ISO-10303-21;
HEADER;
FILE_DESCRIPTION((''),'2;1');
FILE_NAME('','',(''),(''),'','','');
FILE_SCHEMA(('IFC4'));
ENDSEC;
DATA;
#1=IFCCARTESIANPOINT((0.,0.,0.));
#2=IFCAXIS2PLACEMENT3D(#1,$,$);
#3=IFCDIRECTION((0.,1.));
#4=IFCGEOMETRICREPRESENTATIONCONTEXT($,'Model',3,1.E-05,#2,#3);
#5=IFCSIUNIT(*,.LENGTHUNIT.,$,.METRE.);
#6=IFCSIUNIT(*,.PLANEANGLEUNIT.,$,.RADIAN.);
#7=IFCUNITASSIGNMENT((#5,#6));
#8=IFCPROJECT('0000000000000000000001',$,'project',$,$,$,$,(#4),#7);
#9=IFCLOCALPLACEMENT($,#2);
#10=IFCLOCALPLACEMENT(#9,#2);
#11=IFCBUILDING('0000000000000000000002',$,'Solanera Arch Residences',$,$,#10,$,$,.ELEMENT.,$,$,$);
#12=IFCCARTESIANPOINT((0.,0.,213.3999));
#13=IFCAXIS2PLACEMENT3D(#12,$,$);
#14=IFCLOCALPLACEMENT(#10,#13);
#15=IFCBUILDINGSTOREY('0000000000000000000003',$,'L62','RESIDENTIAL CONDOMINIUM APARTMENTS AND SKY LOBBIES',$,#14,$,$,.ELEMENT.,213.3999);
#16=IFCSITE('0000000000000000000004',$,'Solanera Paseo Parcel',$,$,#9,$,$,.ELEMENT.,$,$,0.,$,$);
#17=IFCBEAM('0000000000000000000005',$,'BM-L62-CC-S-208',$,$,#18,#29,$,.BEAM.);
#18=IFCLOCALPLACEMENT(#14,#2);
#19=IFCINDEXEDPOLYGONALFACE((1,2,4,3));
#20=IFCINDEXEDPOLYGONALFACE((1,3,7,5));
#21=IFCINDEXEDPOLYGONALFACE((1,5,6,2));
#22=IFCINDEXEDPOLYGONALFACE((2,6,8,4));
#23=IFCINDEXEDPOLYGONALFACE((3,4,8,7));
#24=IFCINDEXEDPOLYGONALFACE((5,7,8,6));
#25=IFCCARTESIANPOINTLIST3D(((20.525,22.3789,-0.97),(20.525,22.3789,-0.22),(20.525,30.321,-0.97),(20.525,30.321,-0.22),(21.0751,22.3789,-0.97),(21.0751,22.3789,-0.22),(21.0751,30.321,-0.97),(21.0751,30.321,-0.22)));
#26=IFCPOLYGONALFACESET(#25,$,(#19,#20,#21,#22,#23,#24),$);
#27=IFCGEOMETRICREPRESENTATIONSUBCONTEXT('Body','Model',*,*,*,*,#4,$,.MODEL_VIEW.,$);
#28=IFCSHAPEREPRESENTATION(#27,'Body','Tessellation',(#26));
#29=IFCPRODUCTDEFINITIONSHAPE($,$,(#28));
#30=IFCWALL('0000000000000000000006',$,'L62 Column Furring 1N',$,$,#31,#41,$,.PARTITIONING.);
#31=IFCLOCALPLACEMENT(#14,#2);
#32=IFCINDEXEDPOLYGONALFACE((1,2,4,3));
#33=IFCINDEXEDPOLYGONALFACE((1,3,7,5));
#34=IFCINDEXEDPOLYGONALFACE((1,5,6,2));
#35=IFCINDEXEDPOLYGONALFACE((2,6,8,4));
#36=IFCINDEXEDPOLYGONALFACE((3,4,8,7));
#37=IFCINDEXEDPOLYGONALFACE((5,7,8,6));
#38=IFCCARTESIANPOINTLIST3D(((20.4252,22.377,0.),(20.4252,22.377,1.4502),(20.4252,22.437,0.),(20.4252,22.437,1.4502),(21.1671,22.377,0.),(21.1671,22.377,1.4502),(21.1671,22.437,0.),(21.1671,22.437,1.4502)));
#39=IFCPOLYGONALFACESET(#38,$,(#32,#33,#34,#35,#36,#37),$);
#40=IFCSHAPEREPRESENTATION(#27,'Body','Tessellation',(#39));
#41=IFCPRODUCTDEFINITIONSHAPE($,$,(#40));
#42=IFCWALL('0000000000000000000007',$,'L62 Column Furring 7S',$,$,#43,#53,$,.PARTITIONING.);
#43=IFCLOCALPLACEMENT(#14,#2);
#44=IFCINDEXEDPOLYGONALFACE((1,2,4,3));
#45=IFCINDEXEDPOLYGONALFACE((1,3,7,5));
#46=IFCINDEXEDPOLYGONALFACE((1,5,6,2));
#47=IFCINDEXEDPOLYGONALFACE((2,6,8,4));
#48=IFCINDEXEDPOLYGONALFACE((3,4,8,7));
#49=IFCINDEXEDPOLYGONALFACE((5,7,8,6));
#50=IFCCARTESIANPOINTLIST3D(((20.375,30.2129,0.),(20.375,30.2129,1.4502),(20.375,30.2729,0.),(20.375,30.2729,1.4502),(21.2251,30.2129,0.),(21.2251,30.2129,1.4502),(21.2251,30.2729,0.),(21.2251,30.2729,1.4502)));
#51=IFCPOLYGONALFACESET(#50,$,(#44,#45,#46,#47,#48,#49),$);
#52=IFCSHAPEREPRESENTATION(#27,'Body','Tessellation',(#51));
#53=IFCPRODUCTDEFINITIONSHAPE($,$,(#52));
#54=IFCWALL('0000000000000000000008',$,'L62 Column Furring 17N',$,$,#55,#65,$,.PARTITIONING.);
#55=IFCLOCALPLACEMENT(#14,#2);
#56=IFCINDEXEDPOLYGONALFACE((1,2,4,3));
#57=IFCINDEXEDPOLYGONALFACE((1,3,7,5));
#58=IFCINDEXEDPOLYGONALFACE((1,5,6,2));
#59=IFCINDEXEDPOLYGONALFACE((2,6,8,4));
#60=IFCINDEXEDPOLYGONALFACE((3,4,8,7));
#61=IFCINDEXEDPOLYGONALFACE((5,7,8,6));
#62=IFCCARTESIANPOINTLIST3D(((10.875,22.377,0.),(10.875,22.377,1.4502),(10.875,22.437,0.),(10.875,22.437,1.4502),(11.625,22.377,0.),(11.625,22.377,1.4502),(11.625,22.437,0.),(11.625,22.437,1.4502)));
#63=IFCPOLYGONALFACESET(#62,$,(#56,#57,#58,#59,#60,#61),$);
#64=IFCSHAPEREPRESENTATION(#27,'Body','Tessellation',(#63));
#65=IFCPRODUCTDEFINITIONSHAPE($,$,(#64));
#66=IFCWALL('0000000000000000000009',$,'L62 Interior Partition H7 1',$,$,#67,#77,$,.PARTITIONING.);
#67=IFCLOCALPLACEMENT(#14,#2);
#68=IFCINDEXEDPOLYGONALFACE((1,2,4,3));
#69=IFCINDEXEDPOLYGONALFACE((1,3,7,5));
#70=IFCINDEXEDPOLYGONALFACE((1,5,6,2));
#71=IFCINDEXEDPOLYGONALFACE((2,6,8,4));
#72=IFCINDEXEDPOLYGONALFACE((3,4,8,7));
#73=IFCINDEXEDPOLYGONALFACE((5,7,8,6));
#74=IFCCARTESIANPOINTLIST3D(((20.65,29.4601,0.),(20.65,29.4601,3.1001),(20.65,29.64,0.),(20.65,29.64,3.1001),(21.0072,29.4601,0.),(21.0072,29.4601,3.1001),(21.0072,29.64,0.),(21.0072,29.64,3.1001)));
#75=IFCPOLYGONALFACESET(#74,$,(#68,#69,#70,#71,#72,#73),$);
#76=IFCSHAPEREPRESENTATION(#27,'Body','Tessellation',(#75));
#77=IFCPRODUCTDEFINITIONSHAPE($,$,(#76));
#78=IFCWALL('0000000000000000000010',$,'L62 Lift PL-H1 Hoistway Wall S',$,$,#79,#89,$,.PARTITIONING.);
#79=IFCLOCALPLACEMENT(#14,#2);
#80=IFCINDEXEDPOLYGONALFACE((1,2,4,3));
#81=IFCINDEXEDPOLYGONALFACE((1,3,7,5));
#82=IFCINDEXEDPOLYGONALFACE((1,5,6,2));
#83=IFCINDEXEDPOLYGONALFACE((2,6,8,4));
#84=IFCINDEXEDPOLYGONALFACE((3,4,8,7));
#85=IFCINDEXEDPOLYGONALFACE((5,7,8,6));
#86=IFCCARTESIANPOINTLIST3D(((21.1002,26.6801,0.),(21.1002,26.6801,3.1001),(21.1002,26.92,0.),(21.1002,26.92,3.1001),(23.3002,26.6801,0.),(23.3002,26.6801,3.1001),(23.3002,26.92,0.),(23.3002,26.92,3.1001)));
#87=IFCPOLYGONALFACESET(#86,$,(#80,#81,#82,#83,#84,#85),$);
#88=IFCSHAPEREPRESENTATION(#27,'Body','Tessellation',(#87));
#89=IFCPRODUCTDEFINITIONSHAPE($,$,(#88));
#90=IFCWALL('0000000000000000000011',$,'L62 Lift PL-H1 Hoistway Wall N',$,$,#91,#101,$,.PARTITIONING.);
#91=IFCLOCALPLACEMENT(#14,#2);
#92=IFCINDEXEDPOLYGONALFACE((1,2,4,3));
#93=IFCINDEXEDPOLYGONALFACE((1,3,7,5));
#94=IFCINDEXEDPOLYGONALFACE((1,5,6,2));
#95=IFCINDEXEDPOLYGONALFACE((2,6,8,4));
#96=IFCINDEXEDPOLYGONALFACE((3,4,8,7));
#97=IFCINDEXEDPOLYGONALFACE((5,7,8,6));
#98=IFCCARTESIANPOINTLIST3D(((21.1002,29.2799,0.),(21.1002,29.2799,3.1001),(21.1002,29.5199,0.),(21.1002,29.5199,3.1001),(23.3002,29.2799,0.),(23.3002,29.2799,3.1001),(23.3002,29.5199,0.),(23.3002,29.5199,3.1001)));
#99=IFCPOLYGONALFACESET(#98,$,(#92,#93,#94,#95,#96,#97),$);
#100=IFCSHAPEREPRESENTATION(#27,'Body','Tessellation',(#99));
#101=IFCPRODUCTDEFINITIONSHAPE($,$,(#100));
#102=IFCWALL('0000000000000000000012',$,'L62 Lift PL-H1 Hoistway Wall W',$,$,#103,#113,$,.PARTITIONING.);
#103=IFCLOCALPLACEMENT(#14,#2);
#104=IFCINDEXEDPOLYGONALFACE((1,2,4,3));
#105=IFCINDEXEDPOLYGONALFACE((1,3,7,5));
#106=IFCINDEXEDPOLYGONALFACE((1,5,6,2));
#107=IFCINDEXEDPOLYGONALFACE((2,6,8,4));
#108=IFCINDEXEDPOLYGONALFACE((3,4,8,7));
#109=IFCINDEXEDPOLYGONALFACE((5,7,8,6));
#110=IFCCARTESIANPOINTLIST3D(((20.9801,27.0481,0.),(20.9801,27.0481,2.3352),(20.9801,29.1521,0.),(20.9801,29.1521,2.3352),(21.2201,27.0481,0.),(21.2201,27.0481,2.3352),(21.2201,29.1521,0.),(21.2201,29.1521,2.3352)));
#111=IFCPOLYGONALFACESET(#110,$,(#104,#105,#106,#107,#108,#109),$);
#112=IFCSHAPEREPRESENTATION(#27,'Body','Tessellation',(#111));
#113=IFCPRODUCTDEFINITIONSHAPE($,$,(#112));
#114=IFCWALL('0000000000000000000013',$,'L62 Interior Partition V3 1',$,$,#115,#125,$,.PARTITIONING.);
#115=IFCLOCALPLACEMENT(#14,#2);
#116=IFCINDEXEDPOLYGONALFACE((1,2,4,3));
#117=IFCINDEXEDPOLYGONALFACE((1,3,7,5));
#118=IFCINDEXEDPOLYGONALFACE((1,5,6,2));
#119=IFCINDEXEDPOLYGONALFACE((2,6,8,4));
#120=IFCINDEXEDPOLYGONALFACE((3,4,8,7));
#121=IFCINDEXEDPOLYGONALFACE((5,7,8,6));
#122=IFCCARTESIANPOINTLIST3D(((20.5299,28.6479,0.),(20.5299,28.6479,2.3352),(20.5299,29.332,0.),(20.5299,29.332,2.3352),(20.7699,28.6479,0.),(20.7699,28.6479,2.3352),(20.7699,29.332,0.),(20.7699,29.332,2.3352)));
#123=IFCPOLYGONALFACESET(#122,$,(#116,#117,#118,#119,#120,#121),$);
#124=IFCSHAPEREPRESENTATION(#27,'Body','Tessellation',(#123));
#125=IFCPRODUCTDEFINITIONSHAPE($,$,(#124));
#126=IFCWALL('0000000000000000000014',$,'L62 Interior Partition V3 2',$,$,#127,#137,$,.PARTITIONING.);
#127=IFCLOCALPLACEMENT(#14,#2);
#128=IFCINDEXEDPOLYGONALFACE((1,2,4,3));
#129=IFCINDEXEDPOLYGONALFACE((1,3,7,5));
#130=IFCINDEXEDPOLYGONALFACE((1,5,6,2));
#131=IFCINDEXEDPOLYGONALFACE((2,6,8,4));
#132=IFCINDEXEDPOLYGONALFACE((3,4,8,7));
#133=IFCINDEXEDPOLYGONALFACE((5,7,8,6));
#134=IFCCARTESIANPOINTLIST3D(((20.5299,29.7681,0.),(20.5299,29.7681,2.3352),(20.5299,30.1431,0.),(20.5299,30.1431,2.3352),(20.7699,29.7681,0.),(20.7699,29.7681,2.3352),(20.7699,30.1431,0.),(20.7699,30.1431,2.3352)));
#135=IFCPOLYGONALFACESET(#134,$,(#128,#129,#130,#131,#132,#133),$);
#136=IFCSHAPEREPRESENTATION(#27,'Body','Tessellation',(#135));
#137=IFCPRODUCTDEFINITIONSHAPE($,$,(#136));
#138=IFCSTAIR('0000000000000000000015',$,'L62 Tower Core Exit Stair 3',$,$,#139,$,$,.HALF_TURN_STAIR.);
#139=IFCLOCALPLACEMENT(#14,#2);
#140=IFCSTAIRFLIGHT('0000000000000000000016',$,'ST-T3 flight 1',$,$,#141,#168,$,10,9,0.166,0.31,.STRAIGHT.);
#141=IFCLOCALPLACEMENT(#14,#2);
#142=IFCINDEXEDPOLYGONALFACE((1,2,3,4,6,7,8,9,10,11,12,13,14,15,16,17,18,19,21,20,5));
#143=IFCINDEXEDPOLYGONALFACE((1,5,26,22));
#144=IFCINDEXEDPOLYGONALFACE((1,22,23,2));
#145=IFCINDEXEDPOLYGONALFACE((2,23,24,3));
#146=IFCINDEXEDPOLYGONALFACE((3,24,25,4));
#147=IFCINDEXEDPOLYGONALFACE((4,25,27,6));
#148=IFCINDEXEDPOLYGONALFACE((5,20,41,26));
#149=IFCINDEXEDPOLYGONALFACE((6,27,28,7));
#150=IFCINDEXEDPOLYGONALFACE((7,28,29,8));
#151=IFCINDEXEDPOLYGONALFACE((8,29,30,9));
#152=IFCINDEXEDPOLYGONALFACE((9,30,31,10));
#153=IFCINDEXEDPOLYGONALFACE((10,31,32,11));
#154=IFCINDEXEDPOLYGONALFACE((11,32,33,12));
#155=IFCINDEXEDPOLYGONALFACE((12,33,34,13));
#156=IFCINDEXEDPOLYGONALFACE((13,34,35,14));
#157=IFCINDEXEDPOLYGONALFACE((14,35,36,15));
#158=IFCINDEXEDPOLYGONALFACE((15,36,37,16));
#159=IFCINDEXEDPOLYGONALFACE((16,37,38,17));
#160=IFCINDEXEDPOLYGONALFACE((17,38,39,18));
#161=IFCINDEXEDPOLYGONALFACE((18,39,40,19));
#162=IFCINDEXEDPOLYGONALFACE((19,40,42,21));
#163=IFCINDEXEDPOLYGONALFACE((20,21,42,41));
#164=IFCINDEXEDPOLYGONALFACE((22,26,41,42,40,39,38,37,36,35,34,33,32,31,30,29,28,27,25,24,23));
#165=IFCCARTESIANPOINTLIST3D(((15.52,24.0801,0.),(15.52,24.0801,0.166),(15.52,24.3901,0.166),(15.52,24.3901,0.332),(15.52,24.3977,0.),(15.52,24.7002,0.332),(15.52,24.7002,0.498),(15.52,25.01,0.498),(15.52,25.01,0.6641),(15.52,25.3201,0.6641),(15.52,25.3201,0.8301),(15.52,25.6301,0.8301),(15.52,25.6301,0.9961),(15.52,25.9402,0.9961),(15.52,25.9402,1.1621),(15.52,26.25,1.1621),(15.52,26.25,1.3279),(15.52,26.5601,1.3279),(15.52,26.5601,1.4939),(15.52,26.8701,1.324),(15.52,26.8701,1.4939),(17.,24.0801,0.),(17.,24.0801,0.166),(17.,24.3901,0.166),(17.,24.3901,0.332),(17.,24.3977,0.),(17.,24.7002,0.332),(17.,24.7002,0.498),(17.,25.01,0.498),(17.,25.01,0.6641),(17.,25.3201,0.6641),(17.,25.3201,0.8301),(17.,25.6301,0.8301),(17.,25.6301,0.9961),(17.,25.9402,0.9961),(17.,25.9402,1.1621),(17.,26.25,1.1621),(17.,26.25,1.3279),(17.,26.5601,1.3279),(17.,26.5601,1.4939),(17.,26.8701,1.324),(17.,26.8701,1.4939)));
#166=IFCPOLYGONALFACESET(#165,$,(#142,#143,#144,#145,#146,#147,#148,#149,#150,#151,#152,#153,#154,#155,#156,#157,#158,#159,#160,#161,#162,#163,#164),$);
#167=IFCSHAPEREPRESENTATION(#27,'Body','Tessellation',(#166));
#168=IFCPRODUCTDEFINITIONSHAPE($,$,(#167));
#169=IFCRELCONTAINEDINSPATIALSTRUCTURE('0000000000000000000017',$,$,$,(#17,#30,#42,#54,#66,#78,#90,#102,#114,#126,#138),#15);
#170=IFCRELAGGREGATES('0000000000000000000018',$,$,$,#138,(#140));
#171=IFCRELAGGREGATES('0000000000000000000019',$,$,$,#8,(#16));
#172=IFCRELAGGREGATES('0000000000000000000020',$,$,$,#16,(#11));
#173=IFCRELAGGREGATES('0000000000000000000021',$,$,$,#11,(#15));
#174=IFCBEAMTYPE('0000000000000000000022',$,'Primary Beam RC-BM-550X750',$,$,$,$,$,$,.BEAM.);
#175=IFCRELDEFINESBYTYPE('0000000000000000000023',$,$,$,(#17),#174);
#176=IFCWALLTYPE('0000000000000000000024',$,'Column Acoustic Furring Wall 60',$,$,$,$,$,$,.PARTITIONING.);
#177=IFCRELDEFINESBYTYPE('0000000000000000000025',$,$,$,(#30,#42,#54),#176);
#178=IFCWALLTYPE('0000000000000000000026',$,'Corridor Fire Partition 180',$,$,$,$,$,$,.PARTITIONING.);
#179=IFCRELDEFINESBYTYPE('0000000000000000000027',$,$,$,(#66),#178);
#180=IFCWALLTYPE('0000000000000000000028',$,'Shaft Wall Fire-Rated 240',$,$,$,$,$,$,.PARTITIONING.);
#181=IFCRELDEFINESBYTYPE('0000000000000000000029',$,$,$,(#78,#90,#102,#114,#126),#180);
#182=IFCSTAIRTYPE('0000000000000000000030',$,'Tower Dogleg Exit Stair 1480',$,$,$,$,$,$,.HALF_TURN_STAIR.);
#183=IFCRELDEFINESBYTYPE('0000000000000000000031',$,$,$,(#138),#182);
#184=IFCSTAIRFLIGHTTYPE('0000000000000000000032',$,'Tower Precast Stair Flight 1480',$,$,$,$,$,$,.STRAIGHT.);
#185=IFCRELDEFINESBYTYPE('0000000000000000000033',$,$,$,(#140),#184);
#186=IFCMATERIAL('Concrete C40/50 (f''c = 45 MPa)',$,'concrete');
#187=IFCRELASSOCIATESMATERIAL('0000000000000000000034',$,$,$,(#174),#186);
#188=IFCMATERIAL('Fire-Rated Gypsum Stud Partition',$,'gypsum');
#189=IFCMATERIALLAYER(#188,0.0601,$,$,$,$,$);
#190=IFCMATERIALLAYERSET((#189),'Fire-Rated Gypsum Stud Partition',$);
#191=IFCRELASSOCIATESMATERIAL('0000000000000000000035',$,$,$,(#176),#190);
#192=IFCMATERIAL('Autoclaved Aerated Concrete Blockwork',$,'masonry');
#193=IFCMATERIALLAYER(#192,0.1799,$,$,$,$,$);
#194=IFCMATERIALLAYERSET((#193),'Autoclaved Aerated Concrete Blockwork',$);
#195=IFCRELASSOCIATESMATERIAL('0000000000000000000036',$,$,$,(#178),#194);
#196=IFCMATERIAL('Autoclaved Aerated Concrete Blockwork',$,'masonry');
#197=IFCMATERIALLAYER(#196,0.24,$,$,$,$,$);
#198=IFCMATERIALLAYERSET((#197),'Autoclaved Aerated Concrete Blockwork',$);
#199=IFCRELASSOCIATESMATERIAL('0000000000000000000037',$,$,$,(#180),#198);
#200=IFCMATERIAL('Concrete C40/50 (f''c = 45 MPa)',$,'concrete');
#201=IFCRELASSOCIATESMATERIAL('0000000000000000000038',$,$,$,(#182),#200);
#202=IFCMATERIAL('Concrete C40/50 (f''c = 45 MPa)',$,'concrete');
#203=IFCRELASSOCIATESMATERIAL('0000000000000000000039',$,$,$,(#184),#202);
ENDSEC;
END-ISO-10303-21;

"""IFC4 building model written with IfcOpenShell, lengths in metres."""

from ifc_helpers import new_model, si_unit, direction, frame, frame_2d, origin, origin_2d, place, context, subcontext, project, spatial, polyline, rectangle, outline, extrude, material, layer, layer_set, material_profile, profile_set, type_object, element, aggregate, save


model = new_model("IFC4")

# Units and contexts
model_context = context("Model", 3, precision=1e-05, world=origin(), true_north=direction((0.0, 1.0)))
body_context = subcontext(model_context, "Body", "Model", "MODEL_VIEW")
ifc_project = project(units=[si_unit("LENGTHUNIT", "METRE"), si_unit("PLANEANGLEUNIT", "RADIAN")], contexts=[model_context])

# Site, building, storey
site_placement = place(None, origin())
site = spatial("IfcSite", under=ifc_project, at=site_placement, Name="Solanera Paseo Parcel", CompositionType="ELEMENT", RefElevation=0.0)
building_placement = place(site_placement, origin())
building = spatial("IfcBuilding", under=site, at=building_placement, Name="Solanera Arch Residences", CompositionType="ELEMENT")
storey_placement = place(building_placement, frame((0.0, 0.0, 213.3999)))
storey = spatial("IfcBuildingStorey", under=building, at=storey_placement, Name="L62", Description="RESIDENTIAL CONDOMINIUM APARTMENTS AND SKY LOBBIES", CompositionType="ELEMENT", Elevation=213.3999)

# Beam
ifc_material_1 = material(Name="Concrete C40/50 (f'c = 45 MPa)", Category="concrete")
ifc_material_profile = material_profile(ifc_material_1, rectangle(XDim=0.55, YDim=0.75, at=origin_2d()))
ifc_profile_set = profile_set([ifc_material_profile], Name="Concrete C40/50 (f'c = 45 MPa)")
beam_type = type_object("IfcBeamType", Name="Primary Beam RC-BM-550X750", PredefinedType="BEAM", material=ifc_profile_set)
beam_placement = place(storey_placement, frame((20.8, 22.3789, -0.595), z_axis=(0.0, 1.0, 0.0), x_axis=(-1.0, 0.0, 0.0)))
element("IfcBeam", 1, at=beam_placement, inside=storey, type_object=beam_type, Name="BM-L62-CC-S-208", PredefinedType="BEAM", context=body_context, shape_type="SweptSolid", body=[
    extrude(rectangle(XDim=0.55, YDim=0.75, at=origin_2d()), origin(), (0.0, 0.0, 1.0), 7.9421),
])

# Walls
ifc_material_2 = material(Name="Fire-Rated Gypsum Stud Partition", Category="gypsum")
ifc_layer_1 = layer(ifc_material_2, 0.0601)
ifc_layer_set_1 = layer_set([ifc_layer_1], Name="Fire-Rated Gypsum Stud Partition")
wall_type_1 = type_object("IfcWallType", Name="Column Acoustic Furring Wall 60", PredefinedType="PARTITIONING", material=ifc_layer_set_1)
wall_1_placement = place(storey_placement, frame((20.425, 22.407, 0.0), z_axis=(0.0, 0.0, 1.0), x_axis=(1.0, 0.0, 0.0)))
element("IfcWall", 2, at=wall_1_placement, inside=storey, type_object=wall_type_1, Name="L62 Column Furring 1N", PredefinedType="PARTITIONING", context=body_context, shape_type="SweptSolid", body=[
    extrude(rectangle(XDim=0.7419, YDim=0.0601, at=frame_2d((0.3711, 0.0))), origin(), (0.0, 0.0, 1.0), 1.4502),
])
wall_2_placement = place(storey_placement, frame((20.375, 30.2429, 0.0), z_axis=(0.0, 0.0, 1.0), x_axis=(1.0, 0.0, 0.0)))
element("IfcWall", 3, at=wall_2_placement, inside=storey, type_object=wall_type_1, Name="L62 Column Furring 7S", PredefinedType="PARTITIONING", context=body_context, shape_type="SweptSolid", body=[
    extrude(rectangle(XDim=0.8501, YDim=0.0601, at=frame_2d((0.425, 0.0))), origin(), (0.0, 0.0, 1.0), 1.4502),
])
wall_3_placement = place(storey_placement, frame((10.875, 22.407, 0.0), z_axis=(0.0, 0.0, 1.0), x_axis=(1.0, 0.0, 0.0)))
element("IfcWall", 4, at=wall_3_placement, inside=storey, type_object=wall_type_1, Name="L62 Column Furring 17N", PredefinedType="PARTITIONING", context=body_context, shape_type="SweptSolid", body=[
    extrude(rectangle(XDim=0.75, YDim=0.0601, at=frame_2d((0.375, 0.0))), origin(), (0.0, 0.0, 1.0), 1.4502),
])

# Walls
ifc_material_3 = material(Name="Autoclaved Aerated Concrete Blockwork", Category="masonry")
ifc_layer_2 = layer(ifc_material_3, 0.1799)
ifc_layer_set_2 = layer_set([ifc_layer_2], Name="Autoclaved Aerated Concrete Blockwork")
wall_type_2 = type_object("IfcWallType", Name="Corridor Fire Partition 180", PredefinedType="PARTITIONING", material=ifc_layer_set_2)
wall_4_placement = place(storey_placement, frame((20.6499, 29.55, 0.0), z_axis=(0.0, 0.0, 1.0), x_axis=(1.0, 0.0, 0.0)))
element("IfcWall", 5, at=wall_4_placement, inside=storey, type_object=wall_type_2, Name="L62 Interior Partition H7 1", PredefinedType="PARTITIONING", context=body_context, shape_type="SweptSolid", body=[
    extrude(rectangle(XDim=0.3572, YDim=0.1799, at=frame_2d((0.1787, 0.0))), origin(), (0.0, 0.0, 1.0), 3.1001),
])
ifc_material_4 = material(Name="Autoclaved Aerated Concrete Blockwork", Category="masonry")
ifc_layer_3 = layer(ifc_material_4, 0.24)
ifc_layer_set_3 = layer_set([ifc_layer_3], Name="Autoclaved Aerated Concrete Blockwork")
wall_type_3 = type_object("IfcWallType", Name="Shaft Wall Fire-Rated 240", PredefinedType="PARTITIONING", material=ifc_layer_set_3)
for number, where, z_axis, x_axis, name in (
    (6, (21.1001, 26.8, 0.0), (0.0, 0.0, 1.0), (1.0, 0.0, 0.0), "L62 Lift PL-H1 Hoistway Wall S"),
    (7, (21.1001, 29.3999, 0.0), (0.0, 0.0, 1.0), (1.0, 0.0, 0.0), "L62 Lift PL-H1 Hoistway Wall N"),
):
    element("IfcWall", number, at=place(storey_placement, frame(where, z_axis=z_axis, x_axis=x_axis)), inside=storey, type_object=wall_type_3, Name=name, PredefinedType="PARTITIONING", context=body_context, shape_type="SweptSolid", body=[
        extrude(rectangle(XDim=2.2, YDim=0.24, at=frame_2d((1.1001, 0.0))), origin(), (0.0, 0.0, 1.0), 3.1001),
    ])
wall_5_placement = place(storey_placement, frame((21.1001, 27.0481, 0.0), z_axis=(0.0, 0.0, 1.0), x_axis=(0.0, 1.0, 0.0)))
element("IfcWall", 8, at=wall_5_placement, inside=storey, type_object=wall_type_3, Name="L62 Lift PL-H1 Hoistway Wall W", PredefinedType="PARTITIONING", context=body_context, shape_type="SweptSolid", body=[
    extrude(rectangle(XDim=2.104, YDim=0.24, at=frame_2d((1.052, 0.0))), origin(), (0.0, 0.0, 1.0), 2.3352),
])

# Walls
wall_6_placement = place(storey_placement, frame((20.6499, 28.6479, 0.0), z_axis=(0.0, 0.0, 1.0), x_axis=(0.0, 1.0, 0.0)))
element("IfcWall", 9, at=wall_6_placement, inside=storey, type_object=wall_type_3, Name="L62 Interior Partition V3 1", PredefinedType="PARTITIONING", context=body_context, shape_type="SweptSolid", body=[
    extrude(rectangle(XDim=0.6841, YDim=0.24, at=frame_2d((0.342, 0.0))), origin(), (0.0, 0.0, 1.0), 2.3352),
])
wall_7_placement = place(storey_placement, frame((20.6499, 29.7681, 0.0), z_axis=(0.0, 0.0, 1.0), x_axis=(0.0, 1.0, 0.0)))
element("IfcWall", 10, at=wall_7_placement, inside=storey, type_object=wall_type_3, Name="L62 Interior Partition V3 2", PredefinedType="PARTITIONING", context=body_context, shape_type="SweptSolid", body=[
    extrude(rectangle(XDim=0.375, YDim=0.24, at=frame_2d((0.1875, 0.0))), origin(), (0.0, 0.0, 1.0), 2.3352),
])

# Stair, stair flight
ifc_material_5 = material(Name="Concrete C40/50 (f'c = 45 MPa)", Category="concrete")
stair_type = type_object("IfcStairType", Name="Tower Dogleg Exit Stair 1480", PredefinedType="HALF_TURN_STAIR", material=ifc_material_5)
stair_placement = place(storey_placement, origin())
stair = element("IfcStair", 11, at=stair_placement, inside=storey, type_object=stair_type, Name="L62 Tower Core Exit Stair 3", PredefinedType="HALF_TURN_STAIR")
ifc_material_6 = material(Name="Concrete C40/50 (f'c = 45 MPa)", Category="concrete")
stair_flight_type = type_object("IfcStairFlightType", Name="Tower Precast Stair Flight 1480", PredefinedType="STRAIGHT", material=ifc_material_6)
stair_flight_1_placement = place(storey_placement, frame((16.26, 24.0801, 0.0), z_axis=(0.0, 0.0, 1.0), x_axis=(0.0, 1.0, 0.0)))
stair_flight_1 = element("IfcStairFlight", 12, at=stair_flight_1_placement, type_object=stair_flight_type, Name="ST-T3 flight 1", NumberOfRisers=10, NumberOfTreads=9, PredefinedType="STRAIGHT", RiserHeight=0.166, TreadLength=0.31, context=body_context, shape_type="SweptSolid", body=[
    extrude(outline(polyline([(0.0, 0.0), (0.0, 0.166), (0.3101, 0.166), (0.3101, 0.332), (0.6201, 0.332), (0.6201, 0.498), (0.9299, 0.498), (0.9299, 0.6641), (1.24, 0.6641), (1.24, 0.8301), (1.55, 0.8301), (1.55, 0.9961), (1.8601, 0.9961), (1.8601, 1.1621), (2.1699, 1.1621), (2.1699, 1.3279), (2.48, 1.3279), (2.48, 1.4939), (2.79, 1.4939), (2.79, 1.6599), (2.79, 1.324), (0.3176, 0.0), (0.0, 0.0)])), frame((0.0, 0.74, 0.0), z_axis=(0.0, -1.0, 0.0), x_axis=(1.0, 0.0, 0.0)), (0.0, 0.0, 1.0), 1.48),
])
aggregate(stair, [stair_flight_1])

save(model, "model.ifc")
